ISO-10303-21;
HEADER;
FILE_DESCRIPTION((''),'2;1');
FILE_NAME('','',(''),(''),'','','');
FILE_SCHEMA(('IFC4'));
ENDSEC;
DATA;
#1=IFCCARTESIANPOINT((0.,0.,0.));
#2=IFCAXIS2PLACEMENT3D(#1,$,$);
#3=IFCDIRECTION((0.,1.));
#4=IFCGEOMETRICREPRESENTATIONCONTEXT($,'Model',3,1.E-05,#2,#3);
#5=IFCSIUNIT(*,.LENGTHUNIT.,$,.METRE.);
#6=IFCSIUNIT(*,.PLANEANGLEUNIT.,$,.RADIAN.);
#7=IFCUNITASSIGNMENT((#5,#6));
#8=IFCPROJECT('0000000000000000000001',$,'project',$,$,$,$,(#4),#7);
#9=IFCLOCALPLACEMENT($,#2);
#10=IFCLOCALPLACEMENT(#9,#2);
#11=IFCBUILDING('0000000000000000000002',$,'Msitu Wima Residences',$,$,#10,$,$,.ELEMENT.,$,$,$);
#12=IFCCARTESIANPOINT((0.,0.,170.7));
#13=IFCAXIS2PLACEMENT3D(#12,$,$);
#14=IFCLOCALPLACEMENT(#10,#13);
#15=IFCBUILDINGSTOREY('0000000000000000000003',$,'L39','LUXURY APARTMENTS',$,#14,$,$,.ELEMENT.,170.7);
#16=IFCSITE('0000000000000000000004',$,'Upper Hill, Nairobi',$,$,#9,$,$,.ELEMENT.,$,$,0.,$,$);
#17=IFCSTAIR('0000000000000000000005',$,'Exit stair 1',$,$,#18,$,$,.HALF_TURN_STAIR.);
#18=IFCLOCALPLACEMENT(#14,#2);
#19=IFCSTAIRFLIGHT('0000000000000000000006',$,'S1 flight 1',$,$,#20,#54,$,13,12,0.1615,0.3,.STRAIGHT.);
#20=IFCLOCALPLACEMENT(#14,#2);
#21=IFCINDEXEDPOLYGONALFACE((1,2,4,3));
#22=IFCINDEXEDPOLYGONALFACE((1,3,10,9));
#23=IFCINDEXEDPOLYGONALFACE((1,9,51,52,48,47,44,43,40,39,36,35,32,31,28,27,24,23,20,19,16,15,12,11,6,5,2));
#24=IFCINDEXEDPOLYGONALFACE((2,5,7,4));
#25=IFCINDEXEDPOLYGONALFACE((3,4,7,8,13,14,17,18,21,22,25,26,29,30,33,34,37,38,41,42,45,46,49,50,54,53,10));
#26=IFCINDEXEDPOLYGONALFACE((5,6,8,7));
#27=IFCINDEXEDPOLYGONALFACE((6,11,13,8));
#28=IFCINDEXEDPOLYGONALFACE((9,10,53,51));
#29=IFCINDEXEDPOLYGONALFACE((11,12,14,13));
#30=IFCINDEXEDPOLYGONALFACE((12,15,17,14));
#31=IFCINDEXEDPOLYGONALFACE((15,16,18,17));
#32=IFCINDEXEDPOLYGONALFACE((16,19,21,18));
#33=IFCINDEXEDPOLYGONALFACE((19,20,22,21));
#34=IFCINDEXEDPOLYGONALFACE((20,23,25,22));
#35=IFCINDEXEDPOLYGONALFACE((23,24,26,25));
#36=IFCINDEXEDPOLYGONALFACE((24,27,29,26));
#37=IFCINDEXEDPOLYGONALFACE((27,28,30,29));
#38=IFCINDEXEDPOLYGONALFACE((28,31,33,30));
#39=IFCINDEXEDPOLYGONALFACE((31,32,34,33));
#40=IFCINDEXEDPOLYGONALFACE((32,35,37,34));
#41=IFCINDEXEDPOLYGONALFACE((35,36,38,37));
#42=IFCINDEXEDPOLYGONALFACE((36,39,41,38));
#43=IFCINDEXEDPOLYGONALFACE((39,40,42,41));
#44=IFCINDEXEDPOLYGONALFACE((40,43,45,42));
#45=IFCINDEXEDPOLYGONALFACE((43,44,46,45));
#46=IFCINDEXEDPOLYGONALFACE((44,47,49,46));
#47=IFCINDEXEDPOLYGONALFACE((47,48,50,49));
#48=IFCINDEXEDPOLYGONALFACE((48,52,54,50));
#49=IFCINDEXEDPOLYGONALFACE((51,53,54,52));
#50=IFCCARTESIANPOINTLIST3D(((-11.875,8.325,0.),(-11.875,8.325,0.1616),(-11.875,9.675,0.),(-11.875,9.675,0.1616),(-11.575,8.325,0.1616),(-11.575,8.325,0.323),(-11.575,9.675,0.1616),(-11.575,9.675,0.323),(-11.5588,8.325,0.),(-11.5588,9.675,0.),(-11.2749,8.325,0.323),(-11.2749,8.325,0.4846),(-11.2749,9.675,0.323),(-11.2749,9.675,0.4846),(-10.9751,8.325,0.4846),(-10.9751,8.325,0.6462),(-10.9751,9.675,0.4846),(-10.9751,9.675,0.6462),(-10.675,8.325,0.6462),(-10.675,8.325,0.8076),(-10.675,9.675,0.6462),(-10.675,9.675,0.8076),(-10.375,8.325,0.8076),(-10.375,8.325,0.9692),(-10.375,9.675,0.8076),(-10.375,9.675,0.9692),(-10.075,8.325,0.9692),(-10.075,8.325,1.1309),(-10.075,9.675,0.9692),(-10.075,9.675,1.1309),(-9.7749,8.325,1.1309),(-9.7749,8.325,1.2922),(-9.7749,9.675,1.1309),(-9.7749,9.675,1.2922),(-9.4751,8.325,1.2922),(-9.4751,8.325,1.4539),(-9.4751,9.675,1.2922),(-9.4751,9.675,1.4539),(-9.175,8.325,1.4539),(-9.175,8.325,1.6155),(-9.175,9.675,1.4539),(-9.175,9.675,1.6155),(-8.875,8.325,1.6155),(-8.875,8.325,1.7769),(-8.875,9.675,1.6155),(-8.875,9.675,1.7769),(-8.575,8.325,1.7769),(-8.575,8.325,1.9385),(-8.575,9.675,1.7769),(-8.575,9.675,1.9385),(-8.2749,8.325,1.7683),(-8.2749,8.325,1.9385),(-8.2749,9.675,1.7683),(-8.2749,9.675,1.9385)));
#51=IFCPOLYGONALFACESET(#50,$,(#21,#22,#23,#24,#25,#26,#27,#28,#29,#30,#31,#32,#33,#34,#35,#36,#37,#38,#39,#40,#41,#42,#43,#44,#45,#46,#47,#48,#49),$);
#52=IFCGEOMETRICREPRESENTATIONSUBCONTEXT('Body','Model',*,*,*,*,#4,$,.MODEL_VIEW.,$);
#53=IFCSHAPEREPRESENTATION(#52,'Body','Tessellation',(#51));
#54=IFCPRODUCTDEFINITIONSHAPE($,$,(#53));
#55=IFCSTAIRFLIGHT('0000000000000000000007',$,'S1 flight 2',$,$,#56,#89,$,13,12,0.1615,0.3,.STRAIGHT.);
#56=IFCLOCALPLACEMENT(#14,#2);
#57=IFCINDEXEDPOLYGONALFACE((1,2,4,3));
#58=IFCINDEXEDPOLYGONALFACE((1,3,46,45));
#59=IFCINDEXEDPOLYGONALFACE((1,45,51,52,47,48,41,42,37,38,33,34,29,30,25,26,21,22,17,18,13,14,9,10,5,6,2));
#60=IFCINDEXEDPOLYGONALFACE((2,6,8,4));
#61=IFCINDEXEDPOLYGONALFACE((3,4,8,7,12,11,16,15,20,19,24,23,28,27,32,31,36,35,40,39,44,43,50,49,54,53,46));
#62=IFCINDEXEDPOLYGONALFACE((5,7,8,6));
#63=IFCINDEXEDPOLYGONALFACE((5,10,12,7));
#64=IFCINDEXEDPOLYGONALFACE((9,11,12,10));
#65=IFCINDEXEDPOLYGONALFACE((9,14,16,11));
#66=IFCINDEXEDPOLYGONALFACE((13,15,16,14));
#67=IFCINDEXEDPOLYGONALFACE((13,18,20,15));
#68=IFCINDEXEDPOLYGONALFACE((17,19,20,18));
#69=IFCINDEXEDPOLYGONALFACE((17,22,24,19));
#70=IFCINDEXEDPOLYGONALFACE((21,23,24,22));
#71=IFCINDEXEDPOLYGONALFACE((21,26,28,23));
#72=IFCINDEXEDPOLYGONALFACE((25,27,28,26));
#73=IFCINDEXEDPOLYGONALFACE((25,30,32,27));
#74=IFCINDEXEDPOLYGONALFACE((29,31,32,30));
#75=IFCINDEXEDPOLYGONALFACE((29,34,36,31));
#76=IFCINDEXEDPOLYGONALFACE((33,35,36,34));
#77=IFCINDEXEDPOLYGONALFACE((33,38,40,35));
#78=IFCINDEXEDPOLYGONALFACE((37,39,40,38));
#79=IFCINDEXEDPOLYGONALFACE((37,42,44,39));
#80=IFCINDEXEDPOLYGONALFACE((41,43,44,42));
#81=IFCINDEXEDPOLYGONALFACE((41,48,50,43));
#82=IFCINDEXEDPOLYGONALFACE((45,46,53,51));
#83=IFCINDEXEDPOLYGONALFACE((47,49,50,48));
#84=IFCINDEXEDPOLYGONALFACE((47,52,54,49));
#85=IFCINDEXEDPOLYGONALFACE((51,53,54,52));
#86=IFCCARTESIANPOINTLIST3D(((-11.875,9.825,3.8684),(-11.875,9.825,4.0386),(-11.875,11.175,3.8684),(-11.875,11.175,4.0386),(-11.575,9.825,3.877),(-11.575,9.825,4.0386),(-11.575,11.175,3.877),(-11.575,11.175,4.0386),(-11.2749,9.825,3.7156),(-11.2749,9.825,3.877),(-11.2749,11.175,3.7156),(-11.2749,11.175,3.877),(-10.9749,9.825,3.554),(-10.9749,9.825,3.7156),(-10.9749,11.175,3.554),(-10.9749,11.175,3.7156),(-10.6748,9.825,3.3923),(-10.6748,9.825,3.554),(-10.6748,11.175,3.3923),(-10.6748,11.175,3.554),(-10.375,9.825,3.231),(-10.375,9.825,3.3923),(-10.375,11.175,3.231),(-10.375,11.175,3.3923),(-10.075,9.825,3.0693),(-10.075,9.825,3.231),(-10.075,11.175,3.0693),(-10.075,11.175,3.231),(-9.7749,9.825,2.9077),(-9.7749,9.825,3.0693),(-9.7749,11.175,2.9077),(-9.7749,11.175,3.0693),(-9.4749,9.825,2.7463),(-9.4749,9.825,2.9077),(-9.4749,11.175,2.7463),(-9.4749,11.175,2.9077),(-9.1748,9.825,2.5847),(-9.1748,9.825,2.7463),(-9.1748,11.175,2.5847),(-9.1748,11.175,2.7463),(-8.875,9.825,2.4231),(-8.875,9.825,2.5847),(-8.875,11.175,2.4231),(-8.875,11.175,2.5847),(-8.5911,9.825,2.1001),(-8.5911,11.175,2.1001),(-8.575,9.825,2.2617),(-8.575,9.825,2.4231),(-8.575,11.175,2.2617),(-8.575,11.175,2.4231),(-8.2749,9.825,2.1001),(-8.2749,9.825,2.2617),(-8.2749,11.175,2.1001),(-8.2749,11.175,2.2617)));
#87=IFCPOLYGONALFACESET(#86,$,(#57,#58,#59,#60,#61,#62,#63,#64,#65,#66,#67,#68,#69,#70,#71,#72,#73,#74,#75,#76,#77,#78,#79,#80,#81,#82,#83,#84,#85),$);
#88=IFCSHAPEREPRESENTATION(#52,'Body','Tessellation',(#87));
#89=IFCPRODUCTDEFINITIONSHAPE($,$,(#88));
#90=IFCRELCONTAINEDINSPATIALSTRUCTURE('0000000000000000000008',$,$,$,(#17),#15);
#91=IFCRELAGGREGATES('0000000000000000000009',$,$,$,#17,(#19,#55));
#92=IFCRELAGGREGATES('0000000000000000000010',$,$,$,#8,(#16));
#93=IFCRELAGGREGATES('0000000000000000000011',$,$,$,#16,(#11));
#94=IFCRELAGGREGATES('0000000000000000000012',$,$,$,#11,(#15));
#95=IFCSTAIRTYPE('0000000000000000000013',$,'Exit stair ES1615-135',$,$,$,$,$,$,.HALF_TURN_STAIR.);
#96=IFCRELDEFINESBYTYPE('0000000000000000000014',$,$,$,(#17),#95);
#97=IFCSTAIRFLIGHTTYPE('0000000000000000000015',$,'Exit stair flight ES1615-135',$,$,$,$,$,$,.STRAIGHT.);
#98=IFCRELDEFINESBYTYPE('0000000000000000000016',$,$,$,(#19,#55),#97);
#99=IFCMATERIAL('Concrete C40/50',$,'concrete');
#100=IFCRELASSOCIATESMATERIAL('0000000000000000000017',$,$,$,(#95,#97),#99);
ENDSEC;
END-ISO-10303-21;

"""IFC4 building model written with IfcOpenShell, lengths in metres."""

from ifc_helpers import new_model, si_unit, direction, frame, origin, place, context, subcontext, project, spatial, polyline, outline, extrude, material, type_object, element, aggregate, save


model = new_model("IFC4")

# Units and contexts
model_context = context("Model", 3, precision=1e-05, world=origin(), true_north=direction((0.0, 1.0)))
body_context = subcontext(model_context, "Body", "Model", "MODEL_VIEW")
ifc_project = project(units=[si_unit("LENGTHUNIT", "METRE"), si_unit("PLANEANGLEUNIT", "RADIAN")], contexts=[model_context])

# Site, building, storey
site_placement = place(None, origin())
site = spatial("IfcSite", under=ifc_project, at=site_placement, Name="Upper Hill, Nairobi", CompositionType="ELEMENT", RefElevation=0.0)
building_placement = place(site_placement, origin())
building = spatial("IfcBuilding", under=site, at=building_placement, Name="Msitu Wima Residences", CompositionType="ELEMENT")
storey_placement = place(building_placement, frame((0.0, 0.0, 170.7)))
storey = spatial("IfcBuildingStorey", under=building, at=storey_placement, Name="L39", Description="LUXURY APARTMENTS", CompositionType="ELEMENT", Elevation=170.7)

# Shared definitions
ifc_material_1 = material(Name="Concrete C40/50", Category="concrete")

# Stair, stair flights
stair_type = type_object("IfcStairType", Name="Exit stair ES1615-135", PredefinedType="HALF_TURN_STAIR", material=ifc_material_1)
stair_placement = place(storey_placement, origin())
stair = element("IfcStair", 1, at=stair_placement, inside=storey, type_object=stair_type, Name="Exit stair 1", PredefinedType="HALF_TURN_STAIR")
stair_flight_type = type_object("IfcStairFlightType", Name="Exit stair flight ES1615-135", PredefinedType="STRAIGHT", material=ifc_material_1)
stair_flight_1_placement = place(storey_placement, frame((-11.875, 9.0, 0.0), z_axis=(0.0, 0.0, 1.0), x_axis=(1.0, 0.0, 0.0)))
stair_flight_1 = element("IfcStairFlight", 2, at=stair_flight_1_placement, type_object=stair_flight_type, Name="S1 flight 1", NumberOfRisers=13, NumberOfTreads=12, PredefinedType="STRAIGHT", RiserHeight=0.1615, TreadLength=0.3, context=body_context, shape_type="SweptSolid", body=[
    extrude(outline(polyline([(0.0, 0.0), (0.0, 0.1616), (0.3, 0.1616), (0.3, 0.323), (0.6001, 0.323), (0.6001, 0.4846), (0.8999, 0.4846), (0.8999, 0.6462), (1.2, 0.6462), (1.2, 0.8076), (1.5, 0.8076), (1.5, 0.9692), (1.8, 0.9692), (1.8, 1.1309), (2.1001, 1.1309), (2.1001, 1.2922), (2.3999, 1.2922), (2.3999, 1.4539), (2.7, 1.4539), (2.7, 1.6155), (3.0, 1.6155), (3.0, 1.7769), (3.3, 1.7769), (3.3, 1.9385), (3.6001, 1.9385), (3.6001, 2.1001), (3.6001, 1.7683), (0.3162, 0.0), (0.0, 0.0)])), frame((0.0, 0.675, 0.0), z_axis=(0.0, -1.0, 0.0), x_axis=(1.0, 0.0, 0.0)), (0.0, 0.0, 1.0), 1.3501),
])
stair_flight_2_placement = place(storey_placement, frame((-8.2749, 10.5, 2.1001), z_axis=(0.0, 0.0, 1.0), x_axis=(-1.0, 0.0, 0.0)))
stair_flight_2 = element("IfcStairFlight", 3, at=stair_flight_2_placement, type_object=stair_flight_type, Name="S1 flight 2", NumberOfRisers=13, NumberOfTreads=12, PredefinedType="STRAIGHT", RiserHeight=0.1615, TreadLength=0.3, context=body_context, shape_type="SweptSolid", body=[
    extrude(outline(polyline([(0.0, 0.0), (0.0, 0.1616), (0.3, 0.1616), (0.3, 0.323), (0.6001, 0.323), (0.6001, 0.4846), (0.8999, 0.4846), (0.8999, 0.6462), (1.2, 0.6462), (1.2, 0.8076), (1.5, 0.8076), (1.5, 0.9692), (1.8, 0.9692), (1.8, 1.1309), (2.1001, 1.1309), (2.1001, 1.2922), (2.3999, 1.2922), (2.3999, 1.4539), (2.7, 1.4539), (2.7, 1.6155), (3.0, 1.6155), (3.0, 1.7769), (3.3, 1.7769), (3.3, 1.9385), (3.6001, 1.9385), (3.6001, 2.1001), (3.6001, 1.7683), (0.3162, 0.0), (0.0, 0.0)])), frame((0.0, 0.675, 0.0), z_axis=(0.0, -1.0, 0.0), x_axis=(1.0, 0.0, 0.0)), (0.0, 0.0, 1.0), 1.3501),
])
aggregate(stair, [stair_flight_1, stair_flight_2])

save(model, "model.ifc")
